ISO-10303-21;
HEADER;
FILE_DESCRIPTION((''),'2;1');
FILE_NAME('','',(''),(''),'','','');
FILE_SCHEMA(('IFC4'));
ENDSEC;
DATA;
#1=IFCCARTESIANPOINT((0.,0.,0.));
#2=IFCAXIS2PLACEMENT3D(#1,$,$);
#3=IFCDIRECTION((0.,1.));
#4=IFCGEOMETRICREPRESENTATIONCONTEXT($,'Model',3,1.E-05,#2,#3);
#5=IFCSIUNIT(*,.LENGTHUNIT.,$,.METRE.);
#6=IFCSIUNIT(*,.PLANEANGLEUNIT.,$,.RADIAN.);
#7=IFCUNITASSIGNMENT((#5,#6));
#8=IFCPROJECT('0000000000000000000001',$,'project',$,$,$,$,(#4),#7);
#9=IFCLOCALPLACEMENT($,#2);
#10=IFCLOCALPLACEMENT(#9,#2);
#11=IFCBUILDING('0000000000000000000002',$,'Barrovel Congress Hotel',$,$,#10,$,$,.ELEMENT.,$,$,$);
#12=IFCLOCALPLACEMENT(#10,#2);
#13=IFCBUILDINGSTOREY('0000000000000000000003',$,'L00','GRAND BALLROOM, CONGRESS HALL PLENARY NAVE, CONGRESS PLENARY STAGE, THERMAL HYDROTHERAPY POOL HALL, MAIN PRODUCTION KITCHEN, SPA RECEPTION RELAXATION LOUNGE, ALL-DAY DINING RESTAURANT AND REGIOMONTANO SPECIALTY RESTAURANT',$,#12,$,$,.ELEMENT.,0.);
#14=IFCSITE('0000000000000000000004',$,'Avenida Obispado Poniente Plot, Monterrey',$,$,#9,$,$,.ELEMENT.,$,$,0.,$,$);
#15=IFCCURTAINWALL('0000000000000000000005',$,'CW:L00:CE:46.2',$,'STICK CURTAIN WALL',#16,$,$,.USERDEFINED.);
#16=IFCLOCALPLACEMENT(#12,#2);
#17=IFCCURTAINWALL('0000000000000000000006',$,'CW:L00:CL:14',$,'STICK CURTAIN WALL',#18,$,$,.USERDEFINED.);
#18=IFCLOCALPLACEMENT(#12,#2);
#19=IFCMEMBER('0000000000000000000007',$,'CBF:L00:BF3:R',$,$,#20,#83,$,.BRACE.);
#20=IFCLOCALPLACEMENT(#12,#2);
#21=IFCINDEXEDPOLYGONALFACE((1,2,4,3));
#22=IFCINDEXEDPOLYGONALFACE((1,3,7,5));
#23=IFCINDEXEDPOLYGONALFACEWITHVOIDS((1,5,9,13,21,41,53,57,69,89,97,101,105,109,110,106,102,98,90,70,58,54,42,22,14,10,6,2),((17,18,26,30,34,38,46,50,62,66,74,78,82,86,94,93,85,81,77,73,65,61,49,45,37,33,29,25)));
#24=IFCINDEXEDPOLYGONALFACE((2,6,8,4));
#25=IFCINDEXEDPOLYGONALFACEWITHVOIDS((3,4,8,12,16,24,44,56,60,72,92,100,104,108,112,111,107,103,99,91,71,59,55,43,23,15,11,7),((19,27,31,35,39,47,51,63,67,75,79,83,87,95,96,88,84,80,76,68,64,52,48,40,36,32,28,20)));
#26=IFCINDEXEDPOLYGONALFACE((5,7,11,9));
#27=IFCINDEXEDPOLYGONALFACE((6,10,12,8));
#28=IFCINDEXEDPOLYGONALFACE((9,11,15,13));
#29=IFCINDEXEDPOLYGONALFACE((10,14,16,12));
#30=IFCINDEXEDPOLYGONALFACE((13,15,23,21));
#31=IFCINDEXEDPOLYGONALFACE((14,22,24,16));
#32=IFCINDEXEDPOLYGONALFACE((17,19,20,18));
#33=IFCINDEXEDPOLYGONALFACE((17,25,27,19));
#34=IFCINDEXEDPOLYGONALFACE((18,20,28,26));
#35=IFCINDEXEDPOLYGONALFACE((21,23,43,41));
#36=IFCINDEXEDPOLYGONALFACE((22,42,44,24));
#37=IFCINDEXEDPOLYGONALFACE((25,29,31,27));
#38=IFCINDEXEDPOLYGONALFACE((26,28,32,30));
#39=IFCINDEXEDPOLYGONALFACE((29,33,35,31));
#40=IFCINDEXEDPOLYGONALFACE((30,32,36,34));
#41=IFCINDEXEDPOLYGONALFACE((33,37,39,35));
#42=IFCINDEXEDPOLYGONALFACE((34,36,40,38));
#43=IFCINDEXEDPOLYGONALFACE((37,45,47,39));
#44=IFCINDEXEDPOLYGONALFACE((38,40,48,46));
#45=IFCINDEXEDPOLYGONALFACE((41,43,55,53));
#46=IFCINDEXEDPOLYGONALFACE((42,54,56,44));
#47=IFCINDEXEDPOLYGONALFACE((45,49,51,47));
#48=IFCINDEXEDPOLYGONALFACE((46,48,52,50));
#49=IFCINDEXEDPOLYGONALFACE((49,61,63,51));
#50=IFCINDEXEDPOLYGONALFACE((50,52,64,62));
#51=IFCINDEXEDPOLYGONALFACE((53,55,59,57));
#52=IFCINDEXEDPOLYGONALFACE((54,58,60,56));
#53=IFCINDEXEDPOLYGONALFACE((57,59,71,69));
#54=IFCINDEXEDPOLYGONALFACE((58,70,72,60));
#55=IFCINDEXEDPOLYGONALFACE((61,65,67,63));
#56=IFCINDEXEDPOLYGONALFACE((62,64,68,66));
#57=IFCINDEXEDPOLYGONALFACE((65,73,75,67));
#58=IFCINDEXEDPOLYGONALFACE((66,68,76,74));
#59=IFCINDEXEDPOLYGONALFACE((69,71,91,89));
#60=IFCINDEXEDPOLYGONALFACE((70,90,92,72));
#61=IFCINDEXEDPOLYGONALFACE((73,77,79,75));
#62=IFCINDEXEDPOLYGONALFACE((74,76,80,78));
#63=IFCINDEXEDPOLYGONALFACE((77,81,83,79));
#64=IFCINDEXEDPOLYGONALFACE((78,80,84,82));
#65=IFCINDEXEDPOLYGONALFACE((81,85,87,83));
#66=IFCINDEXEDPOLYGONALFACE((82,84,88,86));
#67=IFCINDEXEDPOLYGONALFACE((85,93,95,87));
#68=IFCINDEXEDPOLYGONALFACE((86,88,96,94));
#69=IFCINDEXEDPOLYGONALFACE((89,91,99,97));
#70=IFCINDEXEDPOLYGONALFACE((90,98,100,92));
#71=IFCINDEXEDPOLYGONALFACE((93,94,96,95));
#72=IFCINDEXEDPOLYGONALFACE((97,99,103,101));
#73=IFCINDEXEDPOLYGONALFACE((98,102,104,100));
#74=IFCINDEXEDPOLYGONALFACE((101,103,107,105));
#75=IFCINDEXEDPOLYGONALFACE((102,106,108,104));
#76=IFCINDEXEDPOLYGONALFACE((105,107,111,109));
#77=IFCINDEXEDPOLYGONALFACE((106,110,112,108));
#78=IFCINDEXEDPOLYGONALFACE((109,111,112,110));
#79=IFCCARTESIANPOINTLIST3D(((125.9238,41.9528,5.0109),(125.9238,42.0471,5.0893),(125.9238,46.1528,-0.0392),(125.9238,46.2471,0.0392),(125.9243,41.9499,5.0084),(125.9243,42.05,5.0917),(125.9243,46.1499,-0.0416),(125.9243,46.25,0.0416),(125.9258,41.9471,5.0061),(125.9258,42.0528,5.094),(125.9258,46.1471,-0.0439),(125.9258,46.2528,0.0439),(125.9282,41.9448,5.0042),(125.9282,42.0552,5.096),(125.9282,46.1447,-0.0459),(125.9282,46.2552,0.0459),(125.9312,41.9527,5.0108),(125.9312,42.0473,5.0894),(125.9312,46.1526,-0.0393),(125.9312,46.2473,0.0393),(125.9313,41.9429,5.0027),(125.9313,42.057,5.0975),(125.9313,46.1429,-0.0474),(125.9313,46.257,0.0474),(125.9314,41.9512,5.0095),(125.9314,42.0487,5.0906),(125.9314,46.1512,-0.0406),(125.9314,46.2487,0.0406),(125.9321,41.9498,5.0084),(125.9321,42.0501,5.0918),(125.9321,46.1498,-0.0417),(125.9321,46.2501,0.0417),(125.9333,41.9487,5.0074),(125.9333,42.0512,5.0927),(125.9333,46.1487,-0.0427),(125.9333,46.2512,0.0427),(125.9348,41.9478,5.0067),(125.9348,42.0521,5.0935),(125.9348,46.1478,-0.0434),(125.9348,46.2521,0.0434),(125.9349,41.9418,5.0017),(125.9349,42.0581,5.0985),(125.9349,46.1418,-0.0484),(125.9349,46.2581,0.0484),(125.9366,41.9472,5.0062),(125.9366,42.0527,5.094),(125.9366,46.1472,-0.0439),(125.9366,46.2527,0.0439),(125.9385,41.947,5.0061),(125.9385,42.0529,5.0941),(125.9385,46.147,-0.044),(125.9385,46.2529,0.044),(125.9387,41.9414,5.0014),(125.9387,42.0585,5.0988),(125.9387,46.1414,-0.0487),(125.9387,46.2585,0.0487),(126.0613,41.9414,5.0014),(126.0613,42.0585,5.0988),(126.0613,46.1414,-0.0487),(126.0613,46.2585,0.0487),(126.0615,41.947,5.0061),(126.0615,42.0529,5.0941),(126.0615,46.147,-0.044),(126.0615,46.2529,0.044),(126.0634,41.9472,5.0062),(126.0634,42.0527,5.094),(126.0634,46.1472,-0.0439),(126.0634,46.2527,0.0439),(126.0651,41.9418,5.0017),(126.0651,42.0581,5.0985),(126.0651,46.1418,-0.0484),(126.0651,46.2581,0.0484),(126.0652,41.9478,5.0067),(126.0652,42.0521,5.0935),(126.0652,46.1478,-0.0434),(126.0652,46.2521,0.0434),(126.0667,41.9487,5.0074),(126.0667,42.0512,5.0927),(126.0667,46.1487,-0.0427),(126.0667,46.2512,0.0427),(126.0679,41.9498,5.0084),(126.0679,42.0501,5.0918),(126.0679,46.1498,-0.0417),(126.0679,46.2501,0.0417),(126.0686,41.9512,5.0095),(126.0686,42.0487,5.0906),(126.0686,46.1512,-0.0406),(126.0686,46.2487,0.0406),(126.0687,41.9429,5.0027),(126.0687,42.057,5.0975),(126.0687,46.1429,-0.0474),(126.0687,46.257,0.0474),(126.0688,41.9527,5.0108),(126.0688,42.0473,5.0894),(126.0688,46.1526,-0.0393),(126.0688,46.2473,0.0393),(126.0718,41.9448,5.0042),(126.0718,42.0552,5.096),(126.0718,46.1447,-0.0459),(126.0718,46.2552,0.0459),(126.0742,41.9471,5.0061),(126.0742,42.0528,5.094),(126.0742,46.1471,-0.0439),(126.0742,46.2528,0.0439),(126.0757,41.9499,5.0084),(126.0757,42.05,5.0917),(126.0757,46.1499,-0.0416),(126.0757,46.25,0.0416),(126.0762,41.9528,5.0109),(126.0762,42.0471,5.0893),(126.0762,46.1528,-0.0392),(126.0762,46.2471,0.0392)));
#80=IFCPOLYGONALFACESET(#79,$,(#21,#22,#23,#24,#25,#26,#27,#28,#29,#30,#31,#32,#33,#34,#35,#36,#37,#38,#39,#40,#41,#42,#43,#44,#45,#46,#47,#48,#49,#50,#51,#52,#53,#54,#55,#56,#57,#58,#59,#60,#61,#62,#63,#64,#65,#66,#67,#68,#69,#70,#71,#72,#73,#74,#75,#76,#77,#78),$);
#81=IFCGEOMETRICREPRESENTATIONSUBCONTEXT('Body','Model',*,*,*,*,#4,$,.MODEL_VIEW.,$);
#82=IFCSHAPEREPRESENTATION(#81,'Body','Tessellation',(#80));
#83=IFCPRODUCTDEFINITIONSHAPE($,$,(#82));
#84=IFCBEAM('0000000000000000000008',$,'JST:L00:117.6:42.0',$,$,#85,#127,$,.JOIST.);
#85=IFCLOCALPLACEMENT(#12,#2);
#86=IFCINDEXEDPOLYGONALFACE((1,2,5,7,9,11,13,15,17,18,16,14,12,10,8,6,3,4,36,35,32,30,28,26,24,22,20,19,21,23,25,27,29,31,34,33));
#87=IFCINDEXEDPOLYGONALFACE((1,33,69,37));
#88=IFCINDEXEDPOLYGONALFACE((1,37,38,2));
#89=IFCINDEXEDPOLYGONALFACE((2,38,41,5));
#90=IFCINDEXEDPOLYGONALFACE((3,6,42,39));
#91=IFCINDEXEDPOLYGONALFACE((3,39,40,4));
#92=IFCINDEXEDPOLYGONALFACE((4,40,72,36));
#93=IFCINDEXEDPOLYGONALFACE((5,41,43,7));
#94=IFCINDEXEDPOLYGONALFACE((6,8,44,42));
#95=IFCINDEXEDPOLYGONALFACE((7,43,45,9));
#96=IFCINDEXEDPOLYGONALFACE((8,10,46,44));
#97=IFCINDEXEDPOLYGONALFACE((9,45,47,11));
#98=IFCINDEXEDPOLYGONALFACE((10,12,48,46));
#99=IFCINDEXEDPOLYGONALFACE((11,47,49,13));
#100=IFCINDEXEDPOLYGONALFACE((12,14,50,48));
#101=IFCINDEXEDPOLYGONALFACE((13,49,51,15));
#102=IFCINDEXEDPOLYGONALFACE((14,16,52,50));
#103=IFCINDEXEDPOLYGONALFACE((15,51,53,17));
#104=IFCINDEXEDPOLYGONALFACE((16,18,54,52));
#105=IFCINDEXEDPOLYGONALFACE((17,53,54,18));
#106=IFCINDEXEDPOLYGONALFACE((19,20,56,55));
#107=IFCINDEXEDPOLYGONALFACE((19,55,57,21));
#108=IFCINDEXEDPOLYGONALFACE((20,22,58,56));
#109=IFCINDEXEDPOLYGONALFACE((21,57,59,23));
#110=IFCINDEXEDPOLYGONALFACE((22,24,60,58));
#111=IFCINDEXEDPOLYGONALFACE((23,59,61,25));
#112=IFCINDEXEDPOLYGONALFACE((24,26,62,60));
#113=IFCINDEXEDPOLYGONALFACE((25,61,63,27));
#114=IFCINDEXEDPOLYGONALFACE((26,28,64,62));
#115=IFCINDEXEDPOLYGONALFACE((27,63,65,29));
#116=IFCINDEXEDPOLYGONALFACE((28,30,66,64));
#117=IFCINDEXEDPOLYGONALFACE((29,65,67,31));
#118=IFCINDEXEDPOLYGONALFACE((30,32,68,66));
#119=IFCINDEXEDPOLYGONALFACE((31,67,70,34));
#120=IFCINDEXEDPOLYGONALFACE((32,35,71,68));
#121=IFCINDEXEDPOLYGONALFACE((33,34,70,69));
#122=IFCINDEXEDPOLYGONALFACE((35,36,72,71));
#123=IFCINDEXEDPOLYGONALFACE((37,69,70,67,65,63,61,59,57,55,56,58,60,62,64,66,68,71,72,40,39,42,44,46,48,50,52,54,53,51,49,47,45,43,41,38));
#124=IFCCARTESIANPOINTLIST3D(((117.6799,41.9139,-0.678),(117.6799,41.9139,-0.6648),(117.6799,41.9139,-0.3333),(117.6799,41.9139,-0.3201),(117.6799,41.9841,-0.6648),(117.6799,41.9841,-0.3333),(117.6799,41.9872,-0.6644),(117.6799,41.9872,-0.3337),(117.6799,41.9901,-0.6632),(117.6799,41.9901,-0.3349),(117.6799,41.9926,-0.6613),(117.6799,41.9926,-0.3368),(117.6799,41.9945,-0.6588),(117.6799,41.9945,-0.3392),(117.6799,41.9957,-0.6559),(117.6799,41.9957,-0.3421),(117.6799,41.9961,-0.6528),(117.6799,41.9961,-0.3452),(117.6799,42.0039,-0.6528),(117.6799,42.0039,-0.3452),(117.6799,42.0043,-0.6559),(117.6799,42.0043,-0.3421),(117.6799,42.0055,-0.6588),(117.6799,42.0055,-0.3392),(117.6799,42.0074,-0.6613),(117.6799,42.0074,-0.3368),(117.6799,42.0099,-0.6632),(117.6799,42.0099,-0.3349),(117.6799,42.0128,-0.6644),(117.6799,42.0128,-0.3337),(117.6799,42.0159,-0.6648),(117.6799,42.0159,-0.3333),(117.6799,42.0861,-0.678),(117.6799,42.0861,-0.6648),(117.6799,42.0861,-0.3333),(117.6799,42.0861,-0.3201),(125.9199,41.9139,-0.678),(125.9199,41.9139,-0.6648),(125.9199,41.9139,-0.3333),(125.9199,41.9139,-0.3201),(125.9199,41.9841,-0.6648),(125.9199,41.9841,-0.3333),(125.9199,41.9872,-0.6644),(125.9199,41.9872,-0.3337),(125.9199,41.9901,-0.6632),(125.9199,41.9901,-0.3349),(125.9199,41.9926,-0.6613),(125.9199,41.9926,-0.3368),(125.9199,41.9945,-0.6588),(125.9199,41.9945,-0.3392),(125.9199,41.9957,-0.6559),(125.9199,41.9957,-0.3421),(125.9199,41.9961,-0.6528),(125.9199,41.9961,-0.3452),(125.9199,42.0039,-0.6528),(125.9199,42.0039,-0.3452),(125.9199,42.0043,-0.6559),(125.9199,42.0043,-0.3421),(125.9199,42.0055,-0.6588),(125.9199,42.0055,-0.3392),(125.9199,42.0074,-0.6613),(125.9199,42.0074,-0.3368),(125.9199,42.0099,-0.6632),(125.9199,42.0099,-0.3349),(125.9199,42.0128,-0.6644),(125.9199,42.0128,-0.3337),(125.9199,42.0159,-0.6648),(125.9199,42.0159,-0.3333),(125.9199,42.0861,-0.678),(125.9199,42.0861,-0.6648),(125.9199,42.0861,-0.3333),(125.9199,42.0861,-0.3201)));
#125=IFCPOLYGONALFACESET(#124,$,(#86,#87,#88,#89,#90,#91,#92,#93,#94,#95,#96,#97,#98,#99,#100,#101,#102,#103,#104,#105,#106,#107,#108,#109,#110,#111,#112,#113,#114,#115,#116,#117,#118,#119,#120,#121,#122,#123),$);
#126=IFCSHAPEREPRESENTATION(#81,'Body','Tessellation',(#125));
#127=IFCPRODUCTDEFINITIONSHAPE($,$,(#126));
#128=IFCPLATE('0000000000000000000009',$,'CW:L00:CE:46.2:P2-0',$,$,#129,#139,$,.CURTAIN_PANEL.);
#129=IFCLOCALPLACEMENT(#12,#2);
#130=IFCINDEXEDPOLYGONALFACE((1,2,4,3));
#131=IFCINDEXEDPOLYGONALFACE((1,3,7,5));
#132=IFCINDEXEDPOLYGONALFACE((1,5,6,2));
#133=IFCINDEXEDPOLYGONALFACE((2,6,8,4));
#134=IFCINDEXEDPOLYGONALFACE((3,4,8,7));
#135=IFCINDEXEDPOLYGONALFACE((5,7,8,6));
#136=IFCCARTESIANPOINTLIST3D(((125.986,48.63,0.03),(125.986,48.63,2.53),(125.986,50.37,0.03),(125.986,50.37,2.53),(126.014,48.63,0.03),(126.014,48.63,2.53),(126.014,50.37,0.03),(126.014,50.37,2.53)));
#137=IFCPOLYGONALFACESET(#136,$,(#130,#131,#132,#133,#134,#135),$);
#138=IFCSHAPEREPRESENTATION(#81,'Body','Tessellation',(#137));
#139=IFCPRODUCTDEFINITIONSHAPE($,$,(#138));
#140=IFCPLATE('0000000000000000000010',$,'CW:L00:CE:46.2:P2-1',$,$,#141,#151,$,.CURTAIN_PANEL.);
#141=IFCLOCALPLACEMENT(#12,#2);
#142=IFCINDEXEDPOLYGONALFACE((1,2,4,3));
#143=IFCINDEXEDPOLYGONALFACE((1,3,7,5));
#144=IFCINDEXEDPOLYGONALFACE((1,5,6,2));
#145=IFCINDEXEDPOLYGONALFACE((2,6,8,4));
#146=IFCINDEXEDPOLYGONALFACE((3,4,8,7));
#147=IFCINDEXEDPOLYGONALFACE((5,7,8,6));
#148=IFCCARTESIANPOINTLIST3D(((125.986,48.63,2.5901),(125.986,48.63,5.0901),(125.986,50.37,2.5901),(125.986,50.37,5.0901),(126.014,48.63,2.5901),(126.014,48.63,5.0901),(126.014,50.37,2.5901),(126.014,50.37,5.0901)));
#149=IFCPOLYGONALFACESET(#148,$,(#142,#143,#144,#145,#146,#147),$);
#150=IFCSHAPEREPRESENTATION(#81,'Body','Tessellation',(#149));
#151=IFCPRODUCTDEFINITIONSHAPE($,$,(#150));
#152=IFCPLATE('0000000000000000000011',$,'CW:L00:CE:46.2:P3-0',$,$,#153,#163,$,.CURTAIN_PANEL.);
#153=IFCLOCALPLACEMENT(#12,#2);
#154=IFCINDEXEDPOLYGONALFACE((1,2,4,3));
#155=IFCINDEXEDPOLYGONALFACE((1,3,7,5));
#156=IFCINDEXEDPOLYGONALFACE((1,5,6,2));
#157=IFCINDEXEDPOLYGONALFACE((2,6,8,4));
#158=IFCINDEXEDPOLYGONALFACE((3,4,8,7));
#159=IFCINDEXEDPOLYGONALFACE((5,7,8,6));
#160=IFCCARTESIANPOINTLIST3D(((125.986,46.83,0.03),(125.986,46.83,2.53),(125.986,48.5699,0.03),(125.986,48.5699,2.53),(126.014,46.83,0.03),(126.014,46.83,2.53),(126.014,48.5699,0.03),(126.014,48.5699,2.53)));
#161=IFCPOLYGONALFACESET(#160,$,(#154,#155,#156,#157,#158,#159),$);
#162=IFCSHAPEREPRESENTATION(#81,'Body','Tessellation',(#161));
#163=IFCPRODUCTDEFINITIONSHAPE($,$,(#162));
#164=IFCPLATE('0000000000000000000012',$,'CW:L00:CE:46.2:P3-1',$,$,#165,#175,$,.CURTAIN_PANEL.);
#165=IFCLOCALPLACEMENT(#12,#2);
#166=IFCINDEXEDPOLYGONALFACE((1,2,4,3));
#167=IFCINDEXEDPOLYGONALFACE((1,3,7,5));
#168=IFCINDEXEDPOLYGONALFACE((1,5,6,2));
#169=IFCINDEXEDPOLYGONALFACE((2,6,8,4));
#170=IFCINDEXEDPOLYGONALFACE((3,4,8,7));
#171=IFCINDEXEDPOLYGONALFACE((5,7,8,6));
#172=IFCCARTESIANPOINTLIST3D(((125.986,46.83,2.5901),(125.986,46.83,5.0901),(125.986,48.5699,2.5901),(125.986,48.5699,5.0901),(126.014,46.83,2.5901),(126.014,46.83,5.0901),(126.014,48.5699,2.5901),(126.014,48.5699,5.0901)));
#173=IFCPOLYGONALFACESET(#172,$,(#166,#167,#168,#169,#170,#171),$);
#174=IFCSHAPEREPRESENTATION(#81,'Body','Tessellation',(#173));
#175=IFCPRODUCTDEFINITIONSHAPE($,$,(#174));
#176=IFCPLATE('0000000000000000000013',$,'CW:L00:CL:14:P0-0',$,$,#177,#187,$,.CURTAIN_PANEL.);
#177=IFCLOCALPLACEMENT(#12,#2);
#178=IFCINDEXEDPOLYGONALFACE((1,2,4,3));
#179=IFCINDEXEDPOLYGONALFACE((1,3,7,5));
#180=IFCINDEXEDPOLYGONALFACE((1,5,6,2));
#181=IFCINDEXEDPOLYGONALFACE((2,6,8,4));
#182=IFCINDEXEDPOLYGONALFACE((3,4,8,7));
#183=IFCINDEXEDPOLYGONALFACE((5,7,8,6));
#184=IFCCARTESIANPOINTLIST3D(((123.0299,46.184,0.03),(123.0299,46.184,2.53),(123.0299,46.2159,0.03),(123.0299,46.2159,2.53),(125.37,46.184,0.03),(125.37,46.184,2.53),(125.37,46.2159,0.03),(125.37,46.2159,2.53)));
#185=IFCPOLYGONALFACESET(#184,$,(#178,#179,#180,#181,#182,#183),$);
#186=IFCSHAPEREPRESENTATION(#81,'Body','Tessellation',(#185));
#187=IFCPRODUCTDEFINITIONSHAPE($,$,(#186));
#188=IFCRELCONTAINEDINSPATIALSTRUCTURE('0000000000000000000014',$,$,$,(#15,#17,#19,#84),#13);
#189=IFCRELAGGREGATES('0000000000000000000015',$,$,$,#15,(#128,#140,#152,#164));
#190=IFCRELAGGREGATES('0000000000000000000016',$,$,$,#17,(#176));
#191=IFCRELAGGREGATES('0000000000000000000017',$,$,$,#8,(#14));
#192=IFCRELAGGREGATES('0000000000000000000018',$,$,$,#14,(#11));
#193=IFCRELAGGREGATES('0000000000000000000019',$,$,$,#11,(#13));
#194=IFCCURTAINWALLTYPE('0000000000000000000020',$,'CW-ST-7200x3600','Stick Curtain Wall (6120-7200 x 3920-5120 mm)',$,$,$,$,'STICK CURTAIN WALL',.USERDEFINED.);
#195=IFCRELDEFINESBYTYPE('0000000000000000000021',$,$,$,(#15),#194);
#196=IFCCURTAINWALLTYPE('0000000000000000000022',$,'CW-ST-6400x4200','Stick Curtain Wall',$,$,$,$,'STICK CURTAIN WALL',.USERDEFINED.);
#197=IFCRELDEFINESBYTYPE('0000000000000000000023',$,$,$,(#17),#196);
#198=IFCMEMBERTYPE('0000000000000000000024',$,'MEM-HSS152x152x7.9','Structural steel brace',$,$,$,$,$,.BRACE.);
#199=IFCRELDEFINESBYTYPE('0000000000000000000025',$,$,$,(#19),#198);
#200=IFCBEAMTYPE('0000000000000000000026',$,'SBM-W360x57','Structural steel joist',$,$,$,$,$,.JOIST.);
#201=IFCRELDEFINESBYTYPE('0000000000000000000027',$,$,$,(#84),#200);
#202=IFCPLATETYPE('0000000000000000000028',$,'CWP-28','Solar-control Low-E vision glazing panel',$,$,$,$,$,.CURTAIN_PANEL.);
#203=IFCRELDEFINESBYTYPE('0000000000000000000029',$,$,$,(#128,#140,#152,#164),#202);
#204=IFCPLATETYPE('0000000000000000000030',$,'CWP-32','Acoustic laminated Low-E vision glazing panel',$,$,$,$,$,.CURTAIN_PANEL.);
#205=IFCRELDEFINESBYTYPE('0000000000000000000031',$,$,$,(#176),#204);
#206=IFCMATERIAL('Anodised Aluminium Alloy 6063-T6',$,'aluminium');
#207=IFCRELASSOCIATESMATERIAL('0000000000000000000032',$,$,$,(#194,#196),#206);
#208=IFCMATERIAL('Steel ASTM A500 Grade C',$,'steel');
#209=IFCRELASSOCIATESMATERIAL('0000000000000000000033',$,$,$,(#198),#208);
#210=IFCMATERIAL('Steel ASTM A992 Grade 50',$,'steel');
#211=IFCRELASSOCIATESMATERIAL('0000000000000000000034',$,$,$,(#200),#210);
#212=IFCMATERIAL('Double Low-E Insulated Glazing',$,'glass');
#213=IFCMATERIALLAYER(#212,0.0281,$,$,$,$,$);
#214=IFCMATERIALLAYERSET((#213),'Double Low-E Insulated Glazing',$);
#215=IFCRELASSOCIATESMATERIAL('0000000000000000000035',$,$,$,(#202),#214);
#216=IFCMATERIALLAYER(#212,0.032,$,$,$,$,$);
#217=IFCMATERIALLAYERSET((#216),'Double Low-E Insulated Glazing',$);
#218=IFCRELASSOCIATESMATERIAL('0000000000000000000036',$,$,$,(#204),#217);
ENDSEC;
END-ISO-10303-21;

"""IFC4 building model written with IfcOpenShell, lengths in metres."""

from ifc_helpers import new_model, si_unit, direction, frame, origin, origin_2d, place, context, subcontext, project, spatial, rectangle, hollow_rectangle, i_section, extrude, material, layer, layer_set, material_profile, profile_set, type_object, element, aggregate, save


model = new_model("IFC4")

# Units and contexts
model_context = context("Model", 3, precision=1e-05, world=origin(), true_north=direction((0.0, 1.0)))
body_context = subcontext(model_context, "Body", "Model", "MODEL_VIEW")
ifc_project = project(units=[si_unit("LENGTHUNIT", "METRE"), si_unit("PLANEANGLEUNIT", "RADIAN")], contexts=[model_context])

# Site, building, storey
site_placement = place(None, origin())
site = spatial("IfcSite", under=ifc_project, at=site_placement, Name="Avenida Obispado Poniente Plot, Monterrey", CompositionType="ELEMENT", RefElevation=0.0)
building_placement = place(site_placement, origin())
building = spatial("IfcBuilding", under=site, at=building_placement, Name="Barrovel Congress Hotel", CompositionType="ELEMENT")
storey_placement = place(building_placement, origin())
storey = spatial("IfcBuildingStorey", under=building, at=storey_placement, Name="L00", Description="GRAND BALLROOM, CONGRESS HALL PLENARY NAVE, CONGRESS PLENARY STAGE, THERMAL HYDROTHERAPY POOL HALL, MAIN PRODUCTION KITCHEN, SPA RECEPTION RELAXATION LOUNGE, ALL-DAY DINING RESTAURANT AND REGIOMONTANO SPECIALTY RESTAURANT", CompositionType="ELEMENT", Elevation=0.0)

# Shared definitions
ifc_material_1 = material(Name="Steel ASTM A500 Grade C", Category="steel")

# Curtain walls
ifc_material_2 = material(Name="Anodised Aluminium Alloy 6063-T6", Category="aluminium")
curtain_wall_type_1 = type_object("IfcCurtainWallType", Name="CW-ST-7200x3600", Description="Stick Curtain Wall (6120-7200 x 3920-5120 mm)", ElementType="STICK CURTAIN WALL", PredefinedType="USERDEFINED", material=ifc_material_2)
curtain_wall_1_placement = place(storey_placement, origin())
curtain_wall_1 = element("IfcCurtainWall", 1, at=curtain_wall_1_placement, inside=storey, type_object=curtain_wall_type_1, Name="CW:L00:CE:46.2", ObjectType="STICK CURTAIN WALL", PredefinedType="USERDEFINED")
curtain_wall_type_2 = type_object("IfcCurtainWallType", Name="CW-ST-6400x4200", Description="Stick Curtain Wall", ElementType="STICK CURTAIN WALL", PredefinedType="USERDEFINED", material=ifc_material_2)
curtain_wall_2_placement = place(storey_placement, origin())
curtain_wall_2 = element("IfcCurtainWall", 2, at=curtain_wall_2_placement, inside=storey, type_object=curtain_wall_type_2, Name="CW:L00:CL:14", ObjectType="STICK CURTAIN WALL", PredefinedType="USERDEFINED")

# Member
ifc_material_profile_1 = material_profile(ifc_material_1, hollow_rectangle(XDim=0.1523, YDim=0.1523, WallThickness=0.0073, InnerFilletRadius=0.0073, OuterFilletRadius=0.0149, at=origin_2d()), Name="HSS152x152x7.9")
ifc_profile_set_1 = profile_set([ifc_material_profile_1], Name="Steel ASTM A500 Grade C")
member_type_1 = type_object("IfcMemberType", Name="MEM-HSS152x152x7.9", Description="Structural steel brace", PredefinedType="BRACE", material=ifc_profile_set_1)
member_1_placement = place(storey_placement, frame((126.0, 46.2, 0.0), z_axis=(0.0, -0.639427, 0.768852), x_axis=(1.0, 0.0, 0.0)))
element("IfcMember", 3, at=member_1_placement, inside=storey, type_object=member_type_1, Name="CBF:L00:BF3:R", PredefinedType="BRACE", context=body_context, shape_type="SweptSolid", body=[
    extrude(hollow_rectangle(XDim=0.1523, YDim=0.1523, WallThickness=0.0073, InnerFilletRadius=0.0073, OuterFilletRadius=0.0149, at=origin_2d()), origin(), (0.0, 0.0, 1.0), 6.5684),
])

# Beam
ifc_material_3 = material(Name="Steel ASTM A992 Grade 50", Category="steel")
ifc_material_profile_2 = material_profile(ifc_material_3, i_section(OverallWidth=0.1721, OverallDepth=0.3579, WebThickness=0.0078, FlangeThickness=0.0132, FilletRadius=0.012, at=origin_2d()), Name="W360x57")
ifc_profile_set_2 = profile_set([ifc_material_profile_2], Name="Steel ASTM A992 Grade 50")
beam_type_1 = type_object("IfcBeamType", Name="SBM-W360x57", Description="Structural steel joist", PredefinedType="JOIST", material=ifc_profile_set_2)
beam_1_placement = place(storey_placement, frame((117.6799, 42.0, -0.499), z_axis=(1.0, 0.0, 0.0), x_axis=(0.0, 1.0, 0.0)))
element("IfcBeam", 4, at=beam_1_placement, inside=storey, type_object=beam_type_1, Name="JST:L00:117.6:42.0", PredefinedType="JOIST", context=body_context, shape_type="SweptSolid", body=[
    extrude(i_section(OverallWidth=0.1721, OverallDepth=0.3579, WebThickness=0.0078, FlangeThickness=0.0132, FilletRadius=0.012, at=origin_2d()), origin(), (0.0, 0.0, 1.0), 8.24),
])

# Plates
ifc_material_4 = material(Name="Double Low-E Insulated Glazing", Category="glass")
ifc_layer_1 = layer(ifc_material_4, 0.0281)
ifc_layer_set_1 = layer_set([ifc_layer_1], Name="Double Low-E Insulated Glazing")
plate_type_1 = type_object("IfcPlateType", Name="CWP-28", Description="Solar-control Low-E vision glazing panel", PredefinedType="CURTAIN_PANEL", material=ifc_layer_set_1)
plate_1_placement = place(storey_placement, frame((126.0, 49.5, 0.03), z_axis=(0.0, 0.0, 1.0), x_axis=(0.0, -1.0, 0.0)))
plate_1 = element("IfcPlate", 5, at=plate_1_placement, type_object=plate_type_1, Name="CW:L00:CE:46.2:P2-0", PredefinedType="CURTAIN_PANEL", context=body_context, shape_type="SweptSolid", body=[
    extrude(rectangle(XDim=1.74, YDim=0.0281, at=origin_2d()), origin(), (0.0, 0.0, 1.0), 2.5),
])
plate_2_placement = place(storey_placement, frame((126.0, 49.5, 2.5901), z_axis=(0.0, 0.0, 1.0), x_axis=(0.0, -1.0, 0.0)))
plate_2 = element("IfcPlate", 6, at=plate_2_placement, type_object=plate_type_1, Name="CW:L00:CE:46.2:P2-1", PredefinedType="CURTAIN_PANEL", context=body_context, shape_type="SweptSolid", body=[
    extrude(rectangle(XDim=1.74, YDim=0.0281, at=origin_2d()), origin(), (0.0, 0.0, 1.0), 2.5),
])
plate_3_placement = place(storey_placement, frame((126.0, 47.7, 0.03), z_axis=(0.0, 0.0, 1.0), x_axis=(0.0, -1.0, 0.0)))
plate_3 = element("IfcPlate", 7, at=plate_3_placement, type_object=plate_type_1, Name="CW:L00:CE:46.2:P3-0", PredefinedType="CURTAIN_PANEL", context=body_context, shape_type="SweptSolid", body=[
    extrude(rectangle(XDim=1.74, YDim=0.0281, at=origin_2d()), origin(), (0.0, 0.0, 1.0), 2.5),
])
plate_4_placement = place(storey_placement, frame((126.0, 47.7, 2.5901), z_axis=(0.0, 0.0, 1.0), x_axis=(0.0, -1.0, 0.0)))
plate_4 = element("IfcPlate", 8, at=plate_4_placement, type_object=plate_type_1, Name="CW:L00:CE:46.2:P3-1", PredefinedType="CURTAIN_PANEL", context=body_context, shape_type="SweptSolid", body=[
    extrude(rectangle(XDim=1.74, YDim=0.0281, at=origin_2d()), origin(), (0.0, 0.0, 1.0), 2.5),
])
aggregate(curtain_wall_1, [plate_1, plate_2, plate_3, plate_4])
ifc_layer_2 = layer(ifc_material_4, 0.032)
ifc_layer_set_2 = layer_set([ifc_layer_2], Name="Double Low-E Insulated Glazing")
plate_type_2 = type_object("IfcPlateType", Name="CWP-32", Description="Acoustic laminated Low-E vision glazing panel", PredefinedType="CURTAIN_PANEL", material=ifc_layer_set_2)
plate_5_placement = place(storey_placement, frame((124.2, 46.2, 0.03), z_axis=(0.0, 0.0, 1.0), x_axis=(-1.0, 0.0, 0.0)))
plate_5 = element("IfcPlate", 9, at=plate_5_placement, type_object=plate_type_2, Name="CW:L00:CL:14:P0-0", PredefinedType="CURTAIN_PANEL", context=body_context, shape_type="SweptSolid", body=[
    extrude(rectangle(XDim=2.3401, YDim=0.032, at=origin_2d()), origin(), (0.0, 0.0, 1.0), 2.5),
])
aggregate(curtain_wall_2, [plate_5])

save(model, "model.ifc")
